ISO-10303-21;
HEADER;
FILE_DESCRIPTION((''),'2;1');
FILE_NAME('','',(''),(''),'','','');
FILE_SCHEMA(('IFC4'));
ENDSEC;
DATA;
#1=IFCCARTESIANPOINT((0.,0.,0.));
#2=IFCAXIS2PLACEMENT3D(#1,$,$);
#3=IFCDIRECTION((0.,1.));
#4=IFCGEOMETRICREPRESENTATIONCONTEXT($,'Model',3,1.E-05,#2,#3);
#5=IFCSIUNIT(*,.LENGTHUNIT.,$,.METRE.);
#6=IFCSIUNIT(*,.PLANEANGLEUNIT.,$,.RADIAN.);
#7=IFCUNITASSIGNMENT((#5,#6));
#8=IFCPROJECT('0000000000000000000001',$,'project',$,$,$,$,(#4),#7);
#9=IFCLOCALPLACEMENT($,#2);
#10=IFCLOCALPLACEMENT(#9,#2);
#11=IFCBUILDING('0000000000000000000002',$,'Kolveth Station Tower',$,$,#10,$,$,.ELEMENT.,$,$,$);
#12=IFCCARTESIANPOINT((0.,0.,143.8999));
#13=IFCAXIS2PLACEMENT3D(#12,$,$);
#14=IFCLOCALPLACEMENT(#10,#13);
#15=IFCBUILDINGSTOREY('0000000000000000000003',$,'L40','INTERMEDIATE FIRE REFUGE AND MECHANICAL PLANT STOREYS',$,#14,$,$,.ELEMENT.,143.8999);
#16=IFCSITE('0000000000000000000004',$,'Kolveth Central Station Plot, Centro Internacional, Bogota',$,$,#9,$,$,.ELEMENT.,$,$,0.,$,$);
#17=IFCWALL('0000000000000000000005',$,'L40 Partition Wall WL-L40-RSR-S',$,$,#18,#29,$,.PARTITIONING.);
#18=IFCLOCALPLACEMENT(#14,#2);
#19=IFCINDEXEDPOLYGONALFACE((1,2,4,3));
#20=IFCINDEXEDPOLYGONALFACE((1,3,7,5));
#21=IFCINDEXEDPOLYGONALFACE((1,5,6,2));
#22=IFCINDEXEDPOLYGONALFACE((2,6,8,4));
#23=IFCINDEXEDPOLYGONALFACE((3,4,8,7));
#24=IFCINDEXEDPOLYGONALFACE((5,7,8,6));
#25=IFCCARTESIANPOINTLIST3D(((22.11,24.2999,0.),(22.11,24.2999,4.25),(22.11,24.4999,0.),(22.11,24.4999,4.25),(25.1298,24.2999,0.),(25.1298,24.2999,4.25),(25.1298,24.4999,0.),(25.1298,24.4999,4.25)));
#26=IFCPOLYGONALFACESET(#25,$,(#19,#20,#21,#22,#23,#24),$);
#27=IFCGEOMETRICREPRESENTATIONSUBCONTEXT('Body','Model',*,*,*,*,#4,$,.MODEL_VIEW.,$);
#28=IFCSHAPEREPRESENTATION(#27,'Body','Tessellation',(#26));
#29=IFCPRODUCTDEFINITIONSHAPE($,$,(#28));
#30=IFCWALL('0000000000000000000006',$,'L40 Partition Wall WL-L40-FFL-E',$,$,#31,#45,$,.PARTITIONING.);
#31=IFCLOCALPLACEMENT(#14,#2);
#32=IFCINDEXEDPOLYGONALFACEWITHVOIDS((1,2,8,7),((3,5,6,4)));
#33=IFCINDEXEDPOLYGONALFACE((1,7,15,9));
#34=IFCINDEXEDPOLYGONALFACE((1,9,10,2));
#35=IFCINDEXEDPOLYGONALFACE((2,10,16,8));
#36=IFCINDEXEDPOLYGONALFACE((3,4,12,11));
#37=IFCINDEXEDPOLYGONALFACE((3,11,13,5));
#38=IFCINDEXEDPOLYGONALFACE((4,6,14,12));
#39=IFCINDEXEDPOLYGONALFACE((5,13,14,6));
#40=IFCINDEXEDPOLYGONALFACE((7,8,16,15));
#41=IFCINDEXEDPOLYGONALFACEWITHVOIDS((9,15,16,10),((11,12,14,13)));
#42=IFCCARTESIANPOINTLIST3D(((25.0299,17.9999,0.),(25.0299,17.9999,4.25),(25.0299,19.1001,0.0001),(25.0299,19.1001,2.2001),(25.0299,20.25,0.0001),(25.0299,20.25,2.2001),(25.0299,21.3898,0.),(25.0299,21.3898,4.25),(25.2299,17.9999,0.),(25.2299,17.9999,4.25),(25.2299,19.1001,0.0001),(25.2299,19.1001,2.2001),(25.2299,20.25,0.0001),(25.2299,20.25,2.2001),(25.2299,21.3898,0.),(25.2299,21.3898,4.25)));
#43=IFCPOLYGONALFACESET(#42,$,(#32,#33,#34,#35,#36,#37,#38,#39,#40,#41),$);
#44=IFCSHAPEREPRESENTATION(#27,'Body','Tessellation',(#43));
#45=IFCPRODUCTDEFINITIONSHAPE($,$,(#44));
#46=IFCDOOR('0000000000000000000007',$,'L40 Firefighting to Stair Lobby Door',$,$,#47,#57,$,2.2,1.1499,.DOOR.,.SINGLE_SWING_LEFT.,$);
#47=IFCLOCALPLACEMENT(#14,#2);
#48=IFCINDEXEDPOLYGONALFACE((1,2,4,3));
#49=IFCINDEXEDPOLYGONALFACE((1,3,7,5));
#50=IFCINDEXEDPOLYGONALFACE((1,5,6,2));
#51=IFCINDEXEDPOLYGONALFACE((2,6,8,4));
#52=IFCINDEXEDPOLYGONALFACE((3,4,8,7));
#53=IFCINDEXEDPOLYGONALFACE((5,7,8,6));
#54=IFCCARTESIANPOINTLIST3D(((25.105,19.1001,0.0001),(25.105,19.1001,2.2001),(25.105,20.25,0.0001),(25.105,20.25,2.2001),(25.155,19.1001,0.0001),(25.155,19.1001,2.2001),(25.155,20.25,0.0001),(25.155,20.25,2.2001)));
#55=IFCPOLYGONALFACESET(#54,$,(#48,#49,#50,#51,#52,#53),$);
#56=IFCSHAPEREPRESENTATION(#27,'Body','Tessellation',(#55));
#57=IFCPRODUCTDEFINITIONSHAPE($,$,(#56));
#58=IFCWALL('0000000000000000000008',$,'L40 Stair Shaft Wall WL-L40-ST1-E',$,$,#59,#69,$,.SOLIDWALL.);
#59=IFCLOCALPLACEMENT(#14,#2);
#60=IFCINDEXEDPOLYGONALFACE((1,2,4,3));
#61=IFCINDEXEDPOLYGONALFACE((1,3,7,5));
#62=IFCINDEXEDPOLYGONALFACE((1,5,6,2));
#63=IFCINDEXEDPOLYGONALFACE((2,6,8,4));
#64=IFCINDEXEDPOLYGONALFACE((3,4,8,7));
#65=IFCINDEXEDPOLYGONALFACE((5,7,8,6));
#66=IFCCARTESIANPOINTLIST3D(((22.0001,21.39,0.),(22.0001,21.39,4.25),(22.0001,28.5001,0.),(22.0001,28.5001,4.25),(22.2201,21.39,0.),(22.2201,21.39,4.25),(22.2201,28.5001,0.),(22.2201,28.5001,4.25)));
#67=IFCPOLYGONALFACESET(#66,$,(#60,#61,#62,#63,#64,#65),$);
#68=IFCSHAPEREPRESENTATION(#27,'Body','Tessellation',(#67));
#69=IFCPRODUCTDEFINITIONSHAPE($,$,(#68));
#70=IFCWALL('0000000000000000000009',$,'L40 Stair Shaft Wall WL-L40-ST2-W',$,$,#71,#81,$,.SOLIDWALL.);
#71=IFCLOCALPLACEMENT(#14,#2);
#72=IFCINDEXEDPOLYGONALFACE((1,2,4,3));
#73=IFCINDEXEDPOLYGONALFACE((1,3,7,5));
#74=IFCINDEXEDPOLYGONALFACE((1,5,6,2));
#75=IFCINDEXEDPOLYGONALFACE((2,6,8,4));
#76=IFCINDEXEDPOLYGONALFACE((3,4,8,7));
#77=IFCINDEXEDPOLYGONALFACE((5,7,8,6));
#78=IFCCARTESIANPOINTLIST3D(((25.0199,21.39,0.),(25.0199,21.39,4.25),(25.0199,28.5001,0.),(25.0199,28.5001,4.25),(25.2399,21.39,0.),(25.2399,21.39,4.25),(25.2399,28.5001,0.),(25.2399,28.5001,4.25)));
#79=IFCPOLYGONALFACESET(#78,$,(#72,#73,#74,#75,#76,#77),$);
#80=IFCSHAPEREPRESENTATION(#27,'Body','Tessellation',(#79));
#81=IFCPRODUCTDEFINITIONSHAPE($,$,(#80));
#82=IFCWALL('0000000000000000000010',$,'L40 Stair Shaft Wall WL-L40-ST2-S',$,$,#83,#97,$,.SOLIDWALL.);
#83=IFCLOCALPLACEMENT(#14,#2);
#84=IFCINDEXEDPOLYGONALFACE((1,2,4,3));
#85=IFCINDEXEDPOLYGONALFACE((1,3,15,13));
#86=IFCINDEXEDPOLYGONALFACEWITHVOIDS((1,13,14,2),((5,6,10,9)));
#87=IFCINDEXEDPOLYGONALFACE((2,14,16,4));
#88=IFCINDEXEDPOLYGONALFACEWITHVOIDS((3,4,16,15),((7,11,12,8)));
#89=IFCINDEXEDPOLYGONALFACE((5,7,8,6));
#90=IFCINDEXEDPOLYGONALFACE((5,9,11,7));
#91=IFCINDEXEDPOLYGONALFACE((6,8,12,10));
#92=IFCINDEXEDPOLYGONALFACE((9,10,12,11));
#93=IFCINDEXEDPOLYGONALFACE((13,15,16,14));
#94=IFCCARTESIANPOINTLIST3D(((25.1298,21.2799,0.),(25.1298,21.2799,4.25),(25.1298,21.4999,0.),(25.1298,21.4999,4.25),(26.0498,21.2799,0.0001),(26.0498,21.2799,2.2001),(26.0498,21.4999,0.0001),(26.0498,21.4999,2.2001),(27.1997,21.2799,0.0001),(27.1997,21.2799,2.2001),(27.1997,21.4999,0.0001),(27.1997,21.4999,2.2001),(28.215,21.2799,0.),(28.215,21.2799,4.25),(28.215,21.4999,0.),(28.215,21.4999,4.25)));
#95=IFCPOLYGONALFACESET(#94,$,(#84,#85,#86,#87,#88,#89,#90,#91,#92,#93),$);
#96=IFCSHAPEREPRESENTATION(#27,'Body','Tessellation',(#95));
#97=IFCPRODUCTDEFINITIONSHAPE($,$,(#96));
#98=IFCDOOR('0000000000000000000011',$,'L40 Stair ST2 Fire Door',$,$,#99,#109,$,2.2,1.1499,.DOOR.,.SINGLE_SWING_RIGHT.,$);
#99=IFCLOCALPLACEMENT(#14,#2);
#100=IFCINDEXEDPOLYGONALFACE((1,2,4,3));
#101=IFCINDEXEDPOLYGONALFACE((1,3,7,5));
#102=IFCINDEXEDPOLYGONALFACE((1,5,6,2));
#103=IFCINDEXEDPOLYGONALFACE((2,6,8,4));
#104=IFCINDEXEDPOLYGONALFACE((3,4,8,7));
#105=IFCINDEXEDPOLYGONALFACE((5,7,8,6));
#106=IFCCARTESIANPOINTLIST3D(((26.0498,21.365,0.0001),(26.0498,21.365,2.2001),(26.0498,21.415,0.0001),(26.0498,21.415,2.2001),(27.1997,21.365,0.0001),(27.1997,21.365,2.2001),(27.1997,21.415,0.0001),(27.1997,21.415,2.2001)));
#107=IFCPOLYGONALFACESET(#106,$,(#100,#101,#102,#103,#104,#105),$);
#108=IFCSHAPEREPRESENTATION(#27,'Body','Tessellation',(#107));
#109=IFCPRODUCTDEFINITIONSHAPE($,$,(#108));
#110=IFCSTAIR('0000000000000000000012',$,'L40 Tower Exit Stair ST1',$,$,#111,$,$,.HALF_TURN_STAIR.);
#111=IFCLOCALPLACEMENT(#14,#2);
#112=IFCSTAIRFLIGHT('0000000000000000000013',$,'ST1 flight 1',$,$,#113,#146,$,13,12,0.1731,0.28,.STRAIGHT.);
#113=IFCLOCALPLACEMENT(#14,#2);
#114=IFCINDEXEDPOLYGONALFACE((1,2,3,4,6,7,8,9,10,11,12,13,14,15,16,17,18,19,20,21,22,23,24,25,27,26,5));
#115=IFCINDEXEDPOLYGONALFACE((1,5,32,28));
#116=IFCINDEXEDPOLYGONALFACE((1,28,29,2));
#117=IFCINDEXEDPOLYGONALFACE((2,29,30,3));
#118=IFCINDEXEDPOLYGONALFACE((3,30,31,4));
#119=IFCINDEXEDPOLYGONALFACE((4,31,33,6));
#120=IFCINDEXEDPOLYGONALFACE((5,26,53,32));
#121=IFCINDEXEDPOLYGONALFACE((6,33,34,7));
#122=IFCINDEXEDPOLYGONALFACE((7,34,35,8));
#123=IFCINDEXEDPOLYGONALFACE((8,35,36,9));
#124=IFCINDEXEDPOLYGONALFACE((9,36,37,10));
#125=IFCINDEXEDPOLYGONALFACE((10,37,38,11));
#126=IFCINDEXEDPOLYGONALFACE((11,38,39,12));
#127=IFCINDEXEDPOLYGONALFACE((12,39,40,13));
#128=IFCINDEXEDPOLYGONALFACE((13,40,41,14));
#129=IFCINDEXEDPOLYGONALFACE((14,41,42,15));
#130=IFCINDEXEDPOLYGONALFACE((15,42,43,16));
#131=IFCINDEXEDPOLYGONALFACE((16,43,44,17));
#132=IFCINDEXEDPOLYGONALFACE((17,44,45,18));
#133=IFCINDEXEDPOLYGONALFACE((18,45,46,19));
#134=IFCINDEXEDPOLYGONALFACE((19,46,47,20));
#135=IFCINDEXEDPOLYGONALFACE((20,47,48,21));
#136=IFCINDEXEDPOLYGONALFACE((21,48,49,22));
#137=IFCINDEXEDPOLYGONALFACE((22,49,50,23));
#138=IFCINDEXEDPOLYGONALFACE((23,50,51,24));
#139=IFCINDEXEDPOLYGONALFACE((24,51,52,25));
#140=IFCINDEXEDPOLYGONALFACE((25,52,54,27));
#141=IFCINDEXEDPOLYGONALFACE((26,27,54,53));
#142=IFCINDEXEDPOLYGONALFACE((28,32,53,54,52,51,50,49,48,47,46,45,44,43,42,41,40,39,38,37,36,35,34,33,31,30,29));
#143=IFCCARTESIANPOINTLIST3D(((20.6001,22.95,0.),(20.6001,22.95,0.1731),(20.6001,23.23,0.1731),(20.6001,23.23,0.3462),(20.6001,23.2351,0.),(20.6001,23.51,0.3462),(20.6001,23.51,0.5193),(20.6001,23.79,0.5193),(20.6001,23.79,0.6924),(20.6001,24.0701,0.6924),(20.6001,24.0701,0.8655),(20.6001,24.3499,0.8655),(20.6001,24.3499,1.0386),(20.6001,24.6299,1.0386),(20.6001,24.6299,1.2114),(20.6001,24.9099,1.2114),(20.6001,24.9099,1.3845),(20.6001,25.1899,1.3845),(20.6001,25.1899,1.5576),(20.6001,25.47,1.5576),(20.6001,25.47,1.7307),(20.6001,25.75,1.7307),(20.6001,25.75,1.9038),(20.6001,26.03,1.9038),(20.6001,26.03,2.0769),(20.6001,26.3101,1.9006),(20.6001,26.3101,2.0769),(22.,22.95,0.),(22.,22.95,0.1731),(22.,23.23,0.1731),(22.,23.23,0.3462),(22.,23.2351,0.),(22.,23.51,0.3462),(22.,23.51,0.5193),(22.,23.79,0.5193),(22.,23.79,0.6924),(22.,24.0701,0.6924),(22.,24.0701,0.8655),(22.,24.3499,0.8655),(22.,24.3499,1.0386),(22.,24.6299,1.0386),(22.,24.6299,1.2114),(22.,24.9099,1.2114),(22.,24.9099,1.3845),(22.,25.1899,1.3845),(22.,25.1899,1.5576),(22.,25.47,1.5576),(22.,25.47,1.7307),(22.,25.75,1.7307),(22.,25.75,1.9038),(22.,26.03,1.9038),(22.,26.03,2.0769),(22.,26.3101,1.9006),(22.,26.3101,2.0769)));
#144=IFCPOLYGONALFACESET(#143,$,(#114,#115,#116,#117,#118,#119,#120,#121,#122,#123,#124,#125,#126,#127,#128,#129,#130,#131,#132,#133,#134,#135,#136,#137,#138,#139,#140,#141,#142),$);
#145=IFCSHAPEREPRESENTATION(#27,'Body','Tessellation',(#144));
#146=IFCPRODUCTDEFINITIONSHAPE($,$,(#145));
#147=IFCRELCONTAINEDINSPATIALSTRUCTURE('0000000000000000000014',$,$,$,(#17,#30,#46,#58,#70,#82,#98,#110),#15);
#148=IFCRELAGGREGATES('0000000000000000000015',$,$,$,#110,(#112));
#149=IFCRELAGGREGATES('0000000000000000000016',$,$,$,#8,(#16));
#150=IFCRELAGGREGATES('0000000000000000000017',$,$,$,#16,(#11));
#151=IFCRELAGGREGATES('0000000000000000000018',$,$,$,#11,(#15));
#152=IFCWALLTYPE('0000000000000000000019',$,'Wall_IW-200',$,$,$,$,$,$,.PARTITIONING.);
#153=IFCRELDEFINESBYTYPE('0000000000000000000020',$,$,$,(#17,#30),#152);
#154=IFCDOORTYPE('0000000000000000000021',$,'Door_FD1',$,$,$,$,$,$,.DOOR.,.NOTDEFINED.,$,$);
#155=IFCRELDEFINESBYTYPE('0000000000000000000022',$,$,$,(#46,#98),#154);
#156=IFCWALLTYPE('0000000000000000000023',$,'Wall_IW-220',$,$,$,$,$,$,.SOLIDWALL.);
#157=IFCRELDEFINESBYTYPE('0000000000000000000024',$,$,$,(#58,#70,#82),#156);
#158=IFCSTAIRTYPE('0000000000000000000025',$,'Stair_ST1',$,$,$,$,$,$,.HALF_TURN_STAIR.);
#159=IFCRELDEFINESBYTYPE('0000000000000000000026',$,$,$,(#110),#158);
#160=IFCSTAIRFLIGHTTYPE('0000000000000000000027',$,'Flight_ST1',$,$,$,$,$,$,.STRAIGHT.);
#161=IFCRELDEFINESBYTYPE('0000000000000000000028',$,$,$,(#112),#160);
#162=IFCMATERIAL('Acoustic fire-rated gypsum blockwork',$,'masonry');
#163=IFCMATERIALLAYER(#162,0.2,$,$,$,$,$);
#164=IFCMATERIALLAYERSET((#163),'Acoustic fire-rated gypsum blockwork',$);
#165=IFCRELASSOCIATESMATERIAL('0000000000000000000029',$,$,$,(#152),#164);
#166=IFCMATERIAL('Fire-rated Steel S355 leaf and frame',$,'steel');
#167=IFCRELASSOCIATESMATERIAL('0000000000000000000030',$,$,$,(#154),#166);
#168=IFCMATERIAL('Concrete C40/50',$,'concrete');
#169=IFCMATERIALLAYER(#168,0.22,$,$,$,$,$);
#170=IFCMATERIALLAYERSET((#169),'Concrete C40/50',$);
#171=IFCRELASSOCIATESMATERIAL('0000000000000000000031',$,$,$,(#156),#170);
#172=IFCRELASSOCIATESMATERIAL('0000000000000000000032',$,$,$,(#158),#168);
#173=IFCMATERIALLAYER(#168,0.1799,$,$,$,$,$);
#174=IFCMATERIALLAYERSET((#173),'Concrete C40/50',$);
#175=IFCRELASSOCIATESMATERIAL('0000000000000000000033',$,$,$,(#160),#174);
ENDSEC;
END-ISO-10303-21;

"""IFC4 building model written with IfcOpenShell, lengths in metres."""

from ifc_helpers import new_model, si_unit, direction, frame, frame_2d, origin, place, context, subcontext, project, spatial, polyline, rectangle, outline, extrude, material, layer, layer_set, type_object, element, fill, aggregate, save


model = new_model("IFC4")

# Units and contexts
model_context = context("Model", 3, precision=1e-05, world=origin(), true_north=direction((0.0, 1.0)))
body_context = subcontext(model_context, "Body", "Model", "MODEL_VIEW")
ifc_project = project(units=[si_unit("LENGTHUNIT", "METRE"), si_unit("PLANEANGLEUNIT", "RADIAN")], contexts=[model_context])

# Site, building, storey
site_placement = place(None, origin())
site = spatial("IfcSite", under=ifc_project, at=site_placement, Name="Kolveth Central Station Plot, Centro Internacional, Bogota", CompositionType="ELEMENT", RefElevation=0.0)
building_placement = place(site_placement, origin())
building = spatial("IfcBuilding", under=site, at=building_placement, Name="Kolveth Station Tower", CompositionType="ELEMENT")
storey_placement = place(building_placement, frame((0.0, 0.0, 143.8999)))
storey = spatial("IfcBuildingStorey", under=building, at=storey_placement, Name="L40", Description="INTERMEDIATE FIRE REFUGE AND MECHANICAL PLANT STOREYS", CompositionType="ELEMENT", Elevation=143.8999)

# Wall
ifc_material_1 = material(Name="Acoustic fire-rated gypsum blockwork", Category="masonry")
ifc_layer_1 = layer(ifc_material_1, 0.2)
ifc_layer_set_1 = layer_set([ifc_layer_1], Name="Acoustic fire-rated gypsum blockwork")
wall_type_1 = type_object("IfcWallType", Name="Wall_IW-200", PredefinedType="PARTITIONING", material=ifc_layer_set_1)
wall_1_placement = place(storey_placement, frame((22.1101, 24.3999, 0.0), z_axis=(0.0, 0.0, 1.0), x_axis=(1.0, 0.0, 0.0)))
element("IfcWall", 1, at=wall_1_placement, inside=storey, type_object=wall_type_1, Name="L40 Partition Wall WL-L40-RSR-S", PredefinedType="PARTITIONING", context=body_context, shape_type="SweptSolid", body=[
    extrude(rectangle(XDim=3.0198, YDim=0.2, at=frame_2d((1.5098, 0.0))), origin(), (0.0, 0.0, 1.0), 4.25),
])

# Wall, opening, door
wall_2_placement = place(storey_placement, frame((25.1299, 18.0, 0.0), z_axis=(0.0, 0.0, 1.0), x_axis=(0.0, 1.0, 0.0)))
wall_2 = element("IfcWall", 2, at=wall_2_placement, inside=storey, type_object=wall_type_1, Name="L40 Partition Wall WL-L40-FFL-E", PredefinedType="PARTITIONING", context=body_context, shape_type="SweptSolid", body=[
    extrude(rectangle(XDim=3.3899, YDim=0.2, at=frame_2d((1.6948, 0.0))), origin(), (0.0, 0.0, 1.0), 4.25),
])
opening_1_placement = place(wall_2_placement, frame((1.1001, 0.0, 0.0)))
opening_1 = element("IfcOpeningElement", 3, at=opening_1_placement, cuts=wall_2, PredefinedType="OPENING", context=body_context, shape_type="SweptSolid", body=[
    extrude(rectangle(XDim=1.1499, YDim=2.2, at=frame_2d((0.575, 1.1001))), frame((0.0, 0.1099, 0.0), z_axis=(0.0, -1.0, 0.0), x_axis=(1.0, 0.0, 0.0)), (0.0, 0.0, 1.0), 0.22),
])
ifc_material_2 = material(Name="Fire-rated Steel S355 leaf and frame", Category="steel")
door_type = type_object("IfcDoorType", Name="Door_FD1", OperationType="NOTDEFINED", PredefinedType="DOOR", material=ifc_material_2)
door_1_placement = place(opening_1_placement, origin())
door_1 = element("IfcDoor", 4, at=door_1_placement, inside=storey, type_object=door_type, Name="L40 Firefighting to Stair Lobby Door", OperationType="SINGLE_SWING_LEFT", OverallHeight=2.2, OverallWidth=1.1499, PredefinedType="DOOR", context=body_context, shape_type="SweptSolid", body=[
    extrude(rectangle(XDim=1.1499, YDim=2.2, at=frame_2d((0.575, 1.1001))), frame((0.0, 0.0249, 0.0), z_axis=(0.0, -1.0, 0.0), x_axis=(1.0, 0.0, 0.0)), (0.0, 0.0, 1.0), 0.05),
])
fill(opening_1, door_1)

# Walls
ifc_material_3 = material(Name="Concrete C40/50", Category="concrete")
ifc_layer_2 = layer(ifc_material_3, 0.22)
ifc_layer_set_2 = layer_set([ifc_layer_2], Name="Concrete C40/50")
wall_type_2 = type_object("IfcWallType", Name="Wall_IW-220", PredefinedType="SOLIDWALL", material=ifc_layer_set_2)
for number, where, z_axis, x_axis, name in (
    (5, (22.1101, 21.3899, 0.0), (0.0, 0.0, 1.0), (0.0, 1.0, 0.0), "L40 Stair Shaft Wall WL-L40-ST1-E"),
    (6, (25.1299, 21.3899, 0.0), (0.0, 0.0, 1.0), (0.0, 1.0, 0.0), "L40 Stair Shaft Wall WL-L40-ST2-W"),
):
    element("IfcWall", number, at=place(storey_placement, frame(where, z_axis=z_axis, x_axis=x_axis)), inside=storey, type_object=wall_type_2, Name=name, PredefinedType="SOLIDWALL", context=body_context, shape_type="SweptSolid", body=[
        extrude(rectangle(XDim=7.1101, YDim=0.22, at=frame_2d((3.5552, 0.0))), origin(), (0.0, 0.0, 1.0), 4.25),
    ])

# Wall, opening, door
wall_3_placement = place(storey_placement, frame((25.1299, 21.3899, 0.0), z_axis=(0.0, 0.0, 1.0), x_axis=(1.0, 0.0, 0.0)))
wall_3 = element("IfcWall", 7, at=wall_3_placement, inside=storey, type_object=wall_type_2, Name="L40 Stair Shaft Wall WL-L40-ST2-S", PredefinedType="SOLIDWALL", context=body_context, shape_type="SweptSolid", body=[
    extrude(rectangle(XDim=3.0852, YDim=0.22, at=frame_2d((1.5425, 0.0))), origin(), (0.0, 0.0, 1.0), 4.25),
])
opening_2_placement = place(wall_3_placement, frame((0.9199, 0.0, 0.0)))
opening_2 = element("IfcOpeningElement", 8, at=opening_2_placement, cuts=wall_3, PredefinedType="OPENING", context=body_context, shape_type="SweptSolid", body=[
    extrude(rectangle(XDim=1.1499, YDim=2.2, at=frame_2d((0.575, 1.1001))), frame((0.0, 0.1199, 0.0), z_axis=(0.0, -1.0, 0.0), x_axis=(1.0, 0.0, 0.0)), (0.0, 0.0, 1.0), 0.24),
])
door_2_placement = place(opening_2_placement, frame((1.1499, 0.0, 0.0), z_axis=(0.0, 0.0, 1.0), x_axis=(-1.0, 0.0, 0.0)))
door_2 = element("IfcDoor", 9, at=door_2_placement, inside=storey, type_object=door_type, Name="L40 Stair ST2 Fire Door", OperationType="SINGLE_SWING_RIGHT", OverallHeight=2.2, OverallWidth=1.1499, PredefinedType="DOOR", context=body_context, shape_type="SweptSolid", body=[
    extrude(rectangle(XDim=1.1499, YDim=2.2, at=frame_2d((0.575, 1.1001))), frame((0.0, 0.0249, 0.0), z_axis=(0.0, -1.0, 0.0), x_axis=(1.0, 0.0, 0.0)), (0.0, 0.0, 1.0), 0.05),
])
fill(opening_2, door_2)

# Stair, stair flight
stair_type_1 = type_object("IfcStairType", Name="Stair_ST1", PredefinedType="HALF_TURN_STAIR", material=ifc_material_3)
stair_1_placement = place(storey_placement, origin())
stair_1 = element("IfcStair", 10, at=stair_1_placement, inside=storey, type_object=stair_type_1, Name="L40 Tower Exit Stair ST1", PredefinedType="HALF_TURN_STAIR")
ifc_layer_3 = layer(ifc_material_3, 0.1799)
ifc_layer_set_3 = layer_set([ifc_layer_3], Name="Concrete C40/50")
stair_flight_type_1 = type_object("IfcStairFlightType", Name="Flight_ST1", PredefinedType="STRAIGHT", material=ifc_layer_set_3)
stair_flight_1_placement = place(storey_placement, frame((21.3, 22.95, 0.0), z_axis=(0.0, 0.0, 1.0), x_axis=(0.0, 1.0, 0.0)))
stair_flight_1 = element("IfcStairFlight", 11, at=stair_flight_1_placement, type_object=stair_flight_type_1, Name="ST1 flight 1", NumberOfRisers=13, NumberOfTreads=12, PredefinedType="STRAIGHT", RiserHeight=0.1731, TreadLength=0.28, context=body_context, shape_type="SweptSolid", body=[
    extrude(outline(polyline([(0.0, 0.0), (0.0, 0.1731), (0.28, 0.1731), (0.28, 0.3462), (0.5601, 0.3462), (0.5601, 0.5193), (0.8401, 0.5193), (0.8401, 0.6924), (1.1201, 0.6924), (1.1201, 0.8655), (1.3999, 0.8655), (1.3999, 1.0386), (1.6799, 1.0386), (1.6799, 1.2114), (1.96, 1.2114), (1.96, 1.3845), (2.24, 1.3845), (2.24, 1.5576), (2.52, 1.5576), (2.52, 1.7307), (2.8, 1.7307), (2.8, 1.9038), (3.0801, 1.9038), (3.0801, 2.0769), (3.3601, 2.0769), (3.3601, 2.25), (3.3601, 1.9006), (0.2852, 0.0), (0.0, 0.0)])), frame((0.0, 0.7, 0.0), z_axis=(0.0, -1.0, 0.0), x_axis=(1.0, 0.0, 0.0)), (0.0, 0.0, 1.0), 1.3999),
])
aggregate(stair_1, [stair_flight_1])

save(model, "model.ifc")
